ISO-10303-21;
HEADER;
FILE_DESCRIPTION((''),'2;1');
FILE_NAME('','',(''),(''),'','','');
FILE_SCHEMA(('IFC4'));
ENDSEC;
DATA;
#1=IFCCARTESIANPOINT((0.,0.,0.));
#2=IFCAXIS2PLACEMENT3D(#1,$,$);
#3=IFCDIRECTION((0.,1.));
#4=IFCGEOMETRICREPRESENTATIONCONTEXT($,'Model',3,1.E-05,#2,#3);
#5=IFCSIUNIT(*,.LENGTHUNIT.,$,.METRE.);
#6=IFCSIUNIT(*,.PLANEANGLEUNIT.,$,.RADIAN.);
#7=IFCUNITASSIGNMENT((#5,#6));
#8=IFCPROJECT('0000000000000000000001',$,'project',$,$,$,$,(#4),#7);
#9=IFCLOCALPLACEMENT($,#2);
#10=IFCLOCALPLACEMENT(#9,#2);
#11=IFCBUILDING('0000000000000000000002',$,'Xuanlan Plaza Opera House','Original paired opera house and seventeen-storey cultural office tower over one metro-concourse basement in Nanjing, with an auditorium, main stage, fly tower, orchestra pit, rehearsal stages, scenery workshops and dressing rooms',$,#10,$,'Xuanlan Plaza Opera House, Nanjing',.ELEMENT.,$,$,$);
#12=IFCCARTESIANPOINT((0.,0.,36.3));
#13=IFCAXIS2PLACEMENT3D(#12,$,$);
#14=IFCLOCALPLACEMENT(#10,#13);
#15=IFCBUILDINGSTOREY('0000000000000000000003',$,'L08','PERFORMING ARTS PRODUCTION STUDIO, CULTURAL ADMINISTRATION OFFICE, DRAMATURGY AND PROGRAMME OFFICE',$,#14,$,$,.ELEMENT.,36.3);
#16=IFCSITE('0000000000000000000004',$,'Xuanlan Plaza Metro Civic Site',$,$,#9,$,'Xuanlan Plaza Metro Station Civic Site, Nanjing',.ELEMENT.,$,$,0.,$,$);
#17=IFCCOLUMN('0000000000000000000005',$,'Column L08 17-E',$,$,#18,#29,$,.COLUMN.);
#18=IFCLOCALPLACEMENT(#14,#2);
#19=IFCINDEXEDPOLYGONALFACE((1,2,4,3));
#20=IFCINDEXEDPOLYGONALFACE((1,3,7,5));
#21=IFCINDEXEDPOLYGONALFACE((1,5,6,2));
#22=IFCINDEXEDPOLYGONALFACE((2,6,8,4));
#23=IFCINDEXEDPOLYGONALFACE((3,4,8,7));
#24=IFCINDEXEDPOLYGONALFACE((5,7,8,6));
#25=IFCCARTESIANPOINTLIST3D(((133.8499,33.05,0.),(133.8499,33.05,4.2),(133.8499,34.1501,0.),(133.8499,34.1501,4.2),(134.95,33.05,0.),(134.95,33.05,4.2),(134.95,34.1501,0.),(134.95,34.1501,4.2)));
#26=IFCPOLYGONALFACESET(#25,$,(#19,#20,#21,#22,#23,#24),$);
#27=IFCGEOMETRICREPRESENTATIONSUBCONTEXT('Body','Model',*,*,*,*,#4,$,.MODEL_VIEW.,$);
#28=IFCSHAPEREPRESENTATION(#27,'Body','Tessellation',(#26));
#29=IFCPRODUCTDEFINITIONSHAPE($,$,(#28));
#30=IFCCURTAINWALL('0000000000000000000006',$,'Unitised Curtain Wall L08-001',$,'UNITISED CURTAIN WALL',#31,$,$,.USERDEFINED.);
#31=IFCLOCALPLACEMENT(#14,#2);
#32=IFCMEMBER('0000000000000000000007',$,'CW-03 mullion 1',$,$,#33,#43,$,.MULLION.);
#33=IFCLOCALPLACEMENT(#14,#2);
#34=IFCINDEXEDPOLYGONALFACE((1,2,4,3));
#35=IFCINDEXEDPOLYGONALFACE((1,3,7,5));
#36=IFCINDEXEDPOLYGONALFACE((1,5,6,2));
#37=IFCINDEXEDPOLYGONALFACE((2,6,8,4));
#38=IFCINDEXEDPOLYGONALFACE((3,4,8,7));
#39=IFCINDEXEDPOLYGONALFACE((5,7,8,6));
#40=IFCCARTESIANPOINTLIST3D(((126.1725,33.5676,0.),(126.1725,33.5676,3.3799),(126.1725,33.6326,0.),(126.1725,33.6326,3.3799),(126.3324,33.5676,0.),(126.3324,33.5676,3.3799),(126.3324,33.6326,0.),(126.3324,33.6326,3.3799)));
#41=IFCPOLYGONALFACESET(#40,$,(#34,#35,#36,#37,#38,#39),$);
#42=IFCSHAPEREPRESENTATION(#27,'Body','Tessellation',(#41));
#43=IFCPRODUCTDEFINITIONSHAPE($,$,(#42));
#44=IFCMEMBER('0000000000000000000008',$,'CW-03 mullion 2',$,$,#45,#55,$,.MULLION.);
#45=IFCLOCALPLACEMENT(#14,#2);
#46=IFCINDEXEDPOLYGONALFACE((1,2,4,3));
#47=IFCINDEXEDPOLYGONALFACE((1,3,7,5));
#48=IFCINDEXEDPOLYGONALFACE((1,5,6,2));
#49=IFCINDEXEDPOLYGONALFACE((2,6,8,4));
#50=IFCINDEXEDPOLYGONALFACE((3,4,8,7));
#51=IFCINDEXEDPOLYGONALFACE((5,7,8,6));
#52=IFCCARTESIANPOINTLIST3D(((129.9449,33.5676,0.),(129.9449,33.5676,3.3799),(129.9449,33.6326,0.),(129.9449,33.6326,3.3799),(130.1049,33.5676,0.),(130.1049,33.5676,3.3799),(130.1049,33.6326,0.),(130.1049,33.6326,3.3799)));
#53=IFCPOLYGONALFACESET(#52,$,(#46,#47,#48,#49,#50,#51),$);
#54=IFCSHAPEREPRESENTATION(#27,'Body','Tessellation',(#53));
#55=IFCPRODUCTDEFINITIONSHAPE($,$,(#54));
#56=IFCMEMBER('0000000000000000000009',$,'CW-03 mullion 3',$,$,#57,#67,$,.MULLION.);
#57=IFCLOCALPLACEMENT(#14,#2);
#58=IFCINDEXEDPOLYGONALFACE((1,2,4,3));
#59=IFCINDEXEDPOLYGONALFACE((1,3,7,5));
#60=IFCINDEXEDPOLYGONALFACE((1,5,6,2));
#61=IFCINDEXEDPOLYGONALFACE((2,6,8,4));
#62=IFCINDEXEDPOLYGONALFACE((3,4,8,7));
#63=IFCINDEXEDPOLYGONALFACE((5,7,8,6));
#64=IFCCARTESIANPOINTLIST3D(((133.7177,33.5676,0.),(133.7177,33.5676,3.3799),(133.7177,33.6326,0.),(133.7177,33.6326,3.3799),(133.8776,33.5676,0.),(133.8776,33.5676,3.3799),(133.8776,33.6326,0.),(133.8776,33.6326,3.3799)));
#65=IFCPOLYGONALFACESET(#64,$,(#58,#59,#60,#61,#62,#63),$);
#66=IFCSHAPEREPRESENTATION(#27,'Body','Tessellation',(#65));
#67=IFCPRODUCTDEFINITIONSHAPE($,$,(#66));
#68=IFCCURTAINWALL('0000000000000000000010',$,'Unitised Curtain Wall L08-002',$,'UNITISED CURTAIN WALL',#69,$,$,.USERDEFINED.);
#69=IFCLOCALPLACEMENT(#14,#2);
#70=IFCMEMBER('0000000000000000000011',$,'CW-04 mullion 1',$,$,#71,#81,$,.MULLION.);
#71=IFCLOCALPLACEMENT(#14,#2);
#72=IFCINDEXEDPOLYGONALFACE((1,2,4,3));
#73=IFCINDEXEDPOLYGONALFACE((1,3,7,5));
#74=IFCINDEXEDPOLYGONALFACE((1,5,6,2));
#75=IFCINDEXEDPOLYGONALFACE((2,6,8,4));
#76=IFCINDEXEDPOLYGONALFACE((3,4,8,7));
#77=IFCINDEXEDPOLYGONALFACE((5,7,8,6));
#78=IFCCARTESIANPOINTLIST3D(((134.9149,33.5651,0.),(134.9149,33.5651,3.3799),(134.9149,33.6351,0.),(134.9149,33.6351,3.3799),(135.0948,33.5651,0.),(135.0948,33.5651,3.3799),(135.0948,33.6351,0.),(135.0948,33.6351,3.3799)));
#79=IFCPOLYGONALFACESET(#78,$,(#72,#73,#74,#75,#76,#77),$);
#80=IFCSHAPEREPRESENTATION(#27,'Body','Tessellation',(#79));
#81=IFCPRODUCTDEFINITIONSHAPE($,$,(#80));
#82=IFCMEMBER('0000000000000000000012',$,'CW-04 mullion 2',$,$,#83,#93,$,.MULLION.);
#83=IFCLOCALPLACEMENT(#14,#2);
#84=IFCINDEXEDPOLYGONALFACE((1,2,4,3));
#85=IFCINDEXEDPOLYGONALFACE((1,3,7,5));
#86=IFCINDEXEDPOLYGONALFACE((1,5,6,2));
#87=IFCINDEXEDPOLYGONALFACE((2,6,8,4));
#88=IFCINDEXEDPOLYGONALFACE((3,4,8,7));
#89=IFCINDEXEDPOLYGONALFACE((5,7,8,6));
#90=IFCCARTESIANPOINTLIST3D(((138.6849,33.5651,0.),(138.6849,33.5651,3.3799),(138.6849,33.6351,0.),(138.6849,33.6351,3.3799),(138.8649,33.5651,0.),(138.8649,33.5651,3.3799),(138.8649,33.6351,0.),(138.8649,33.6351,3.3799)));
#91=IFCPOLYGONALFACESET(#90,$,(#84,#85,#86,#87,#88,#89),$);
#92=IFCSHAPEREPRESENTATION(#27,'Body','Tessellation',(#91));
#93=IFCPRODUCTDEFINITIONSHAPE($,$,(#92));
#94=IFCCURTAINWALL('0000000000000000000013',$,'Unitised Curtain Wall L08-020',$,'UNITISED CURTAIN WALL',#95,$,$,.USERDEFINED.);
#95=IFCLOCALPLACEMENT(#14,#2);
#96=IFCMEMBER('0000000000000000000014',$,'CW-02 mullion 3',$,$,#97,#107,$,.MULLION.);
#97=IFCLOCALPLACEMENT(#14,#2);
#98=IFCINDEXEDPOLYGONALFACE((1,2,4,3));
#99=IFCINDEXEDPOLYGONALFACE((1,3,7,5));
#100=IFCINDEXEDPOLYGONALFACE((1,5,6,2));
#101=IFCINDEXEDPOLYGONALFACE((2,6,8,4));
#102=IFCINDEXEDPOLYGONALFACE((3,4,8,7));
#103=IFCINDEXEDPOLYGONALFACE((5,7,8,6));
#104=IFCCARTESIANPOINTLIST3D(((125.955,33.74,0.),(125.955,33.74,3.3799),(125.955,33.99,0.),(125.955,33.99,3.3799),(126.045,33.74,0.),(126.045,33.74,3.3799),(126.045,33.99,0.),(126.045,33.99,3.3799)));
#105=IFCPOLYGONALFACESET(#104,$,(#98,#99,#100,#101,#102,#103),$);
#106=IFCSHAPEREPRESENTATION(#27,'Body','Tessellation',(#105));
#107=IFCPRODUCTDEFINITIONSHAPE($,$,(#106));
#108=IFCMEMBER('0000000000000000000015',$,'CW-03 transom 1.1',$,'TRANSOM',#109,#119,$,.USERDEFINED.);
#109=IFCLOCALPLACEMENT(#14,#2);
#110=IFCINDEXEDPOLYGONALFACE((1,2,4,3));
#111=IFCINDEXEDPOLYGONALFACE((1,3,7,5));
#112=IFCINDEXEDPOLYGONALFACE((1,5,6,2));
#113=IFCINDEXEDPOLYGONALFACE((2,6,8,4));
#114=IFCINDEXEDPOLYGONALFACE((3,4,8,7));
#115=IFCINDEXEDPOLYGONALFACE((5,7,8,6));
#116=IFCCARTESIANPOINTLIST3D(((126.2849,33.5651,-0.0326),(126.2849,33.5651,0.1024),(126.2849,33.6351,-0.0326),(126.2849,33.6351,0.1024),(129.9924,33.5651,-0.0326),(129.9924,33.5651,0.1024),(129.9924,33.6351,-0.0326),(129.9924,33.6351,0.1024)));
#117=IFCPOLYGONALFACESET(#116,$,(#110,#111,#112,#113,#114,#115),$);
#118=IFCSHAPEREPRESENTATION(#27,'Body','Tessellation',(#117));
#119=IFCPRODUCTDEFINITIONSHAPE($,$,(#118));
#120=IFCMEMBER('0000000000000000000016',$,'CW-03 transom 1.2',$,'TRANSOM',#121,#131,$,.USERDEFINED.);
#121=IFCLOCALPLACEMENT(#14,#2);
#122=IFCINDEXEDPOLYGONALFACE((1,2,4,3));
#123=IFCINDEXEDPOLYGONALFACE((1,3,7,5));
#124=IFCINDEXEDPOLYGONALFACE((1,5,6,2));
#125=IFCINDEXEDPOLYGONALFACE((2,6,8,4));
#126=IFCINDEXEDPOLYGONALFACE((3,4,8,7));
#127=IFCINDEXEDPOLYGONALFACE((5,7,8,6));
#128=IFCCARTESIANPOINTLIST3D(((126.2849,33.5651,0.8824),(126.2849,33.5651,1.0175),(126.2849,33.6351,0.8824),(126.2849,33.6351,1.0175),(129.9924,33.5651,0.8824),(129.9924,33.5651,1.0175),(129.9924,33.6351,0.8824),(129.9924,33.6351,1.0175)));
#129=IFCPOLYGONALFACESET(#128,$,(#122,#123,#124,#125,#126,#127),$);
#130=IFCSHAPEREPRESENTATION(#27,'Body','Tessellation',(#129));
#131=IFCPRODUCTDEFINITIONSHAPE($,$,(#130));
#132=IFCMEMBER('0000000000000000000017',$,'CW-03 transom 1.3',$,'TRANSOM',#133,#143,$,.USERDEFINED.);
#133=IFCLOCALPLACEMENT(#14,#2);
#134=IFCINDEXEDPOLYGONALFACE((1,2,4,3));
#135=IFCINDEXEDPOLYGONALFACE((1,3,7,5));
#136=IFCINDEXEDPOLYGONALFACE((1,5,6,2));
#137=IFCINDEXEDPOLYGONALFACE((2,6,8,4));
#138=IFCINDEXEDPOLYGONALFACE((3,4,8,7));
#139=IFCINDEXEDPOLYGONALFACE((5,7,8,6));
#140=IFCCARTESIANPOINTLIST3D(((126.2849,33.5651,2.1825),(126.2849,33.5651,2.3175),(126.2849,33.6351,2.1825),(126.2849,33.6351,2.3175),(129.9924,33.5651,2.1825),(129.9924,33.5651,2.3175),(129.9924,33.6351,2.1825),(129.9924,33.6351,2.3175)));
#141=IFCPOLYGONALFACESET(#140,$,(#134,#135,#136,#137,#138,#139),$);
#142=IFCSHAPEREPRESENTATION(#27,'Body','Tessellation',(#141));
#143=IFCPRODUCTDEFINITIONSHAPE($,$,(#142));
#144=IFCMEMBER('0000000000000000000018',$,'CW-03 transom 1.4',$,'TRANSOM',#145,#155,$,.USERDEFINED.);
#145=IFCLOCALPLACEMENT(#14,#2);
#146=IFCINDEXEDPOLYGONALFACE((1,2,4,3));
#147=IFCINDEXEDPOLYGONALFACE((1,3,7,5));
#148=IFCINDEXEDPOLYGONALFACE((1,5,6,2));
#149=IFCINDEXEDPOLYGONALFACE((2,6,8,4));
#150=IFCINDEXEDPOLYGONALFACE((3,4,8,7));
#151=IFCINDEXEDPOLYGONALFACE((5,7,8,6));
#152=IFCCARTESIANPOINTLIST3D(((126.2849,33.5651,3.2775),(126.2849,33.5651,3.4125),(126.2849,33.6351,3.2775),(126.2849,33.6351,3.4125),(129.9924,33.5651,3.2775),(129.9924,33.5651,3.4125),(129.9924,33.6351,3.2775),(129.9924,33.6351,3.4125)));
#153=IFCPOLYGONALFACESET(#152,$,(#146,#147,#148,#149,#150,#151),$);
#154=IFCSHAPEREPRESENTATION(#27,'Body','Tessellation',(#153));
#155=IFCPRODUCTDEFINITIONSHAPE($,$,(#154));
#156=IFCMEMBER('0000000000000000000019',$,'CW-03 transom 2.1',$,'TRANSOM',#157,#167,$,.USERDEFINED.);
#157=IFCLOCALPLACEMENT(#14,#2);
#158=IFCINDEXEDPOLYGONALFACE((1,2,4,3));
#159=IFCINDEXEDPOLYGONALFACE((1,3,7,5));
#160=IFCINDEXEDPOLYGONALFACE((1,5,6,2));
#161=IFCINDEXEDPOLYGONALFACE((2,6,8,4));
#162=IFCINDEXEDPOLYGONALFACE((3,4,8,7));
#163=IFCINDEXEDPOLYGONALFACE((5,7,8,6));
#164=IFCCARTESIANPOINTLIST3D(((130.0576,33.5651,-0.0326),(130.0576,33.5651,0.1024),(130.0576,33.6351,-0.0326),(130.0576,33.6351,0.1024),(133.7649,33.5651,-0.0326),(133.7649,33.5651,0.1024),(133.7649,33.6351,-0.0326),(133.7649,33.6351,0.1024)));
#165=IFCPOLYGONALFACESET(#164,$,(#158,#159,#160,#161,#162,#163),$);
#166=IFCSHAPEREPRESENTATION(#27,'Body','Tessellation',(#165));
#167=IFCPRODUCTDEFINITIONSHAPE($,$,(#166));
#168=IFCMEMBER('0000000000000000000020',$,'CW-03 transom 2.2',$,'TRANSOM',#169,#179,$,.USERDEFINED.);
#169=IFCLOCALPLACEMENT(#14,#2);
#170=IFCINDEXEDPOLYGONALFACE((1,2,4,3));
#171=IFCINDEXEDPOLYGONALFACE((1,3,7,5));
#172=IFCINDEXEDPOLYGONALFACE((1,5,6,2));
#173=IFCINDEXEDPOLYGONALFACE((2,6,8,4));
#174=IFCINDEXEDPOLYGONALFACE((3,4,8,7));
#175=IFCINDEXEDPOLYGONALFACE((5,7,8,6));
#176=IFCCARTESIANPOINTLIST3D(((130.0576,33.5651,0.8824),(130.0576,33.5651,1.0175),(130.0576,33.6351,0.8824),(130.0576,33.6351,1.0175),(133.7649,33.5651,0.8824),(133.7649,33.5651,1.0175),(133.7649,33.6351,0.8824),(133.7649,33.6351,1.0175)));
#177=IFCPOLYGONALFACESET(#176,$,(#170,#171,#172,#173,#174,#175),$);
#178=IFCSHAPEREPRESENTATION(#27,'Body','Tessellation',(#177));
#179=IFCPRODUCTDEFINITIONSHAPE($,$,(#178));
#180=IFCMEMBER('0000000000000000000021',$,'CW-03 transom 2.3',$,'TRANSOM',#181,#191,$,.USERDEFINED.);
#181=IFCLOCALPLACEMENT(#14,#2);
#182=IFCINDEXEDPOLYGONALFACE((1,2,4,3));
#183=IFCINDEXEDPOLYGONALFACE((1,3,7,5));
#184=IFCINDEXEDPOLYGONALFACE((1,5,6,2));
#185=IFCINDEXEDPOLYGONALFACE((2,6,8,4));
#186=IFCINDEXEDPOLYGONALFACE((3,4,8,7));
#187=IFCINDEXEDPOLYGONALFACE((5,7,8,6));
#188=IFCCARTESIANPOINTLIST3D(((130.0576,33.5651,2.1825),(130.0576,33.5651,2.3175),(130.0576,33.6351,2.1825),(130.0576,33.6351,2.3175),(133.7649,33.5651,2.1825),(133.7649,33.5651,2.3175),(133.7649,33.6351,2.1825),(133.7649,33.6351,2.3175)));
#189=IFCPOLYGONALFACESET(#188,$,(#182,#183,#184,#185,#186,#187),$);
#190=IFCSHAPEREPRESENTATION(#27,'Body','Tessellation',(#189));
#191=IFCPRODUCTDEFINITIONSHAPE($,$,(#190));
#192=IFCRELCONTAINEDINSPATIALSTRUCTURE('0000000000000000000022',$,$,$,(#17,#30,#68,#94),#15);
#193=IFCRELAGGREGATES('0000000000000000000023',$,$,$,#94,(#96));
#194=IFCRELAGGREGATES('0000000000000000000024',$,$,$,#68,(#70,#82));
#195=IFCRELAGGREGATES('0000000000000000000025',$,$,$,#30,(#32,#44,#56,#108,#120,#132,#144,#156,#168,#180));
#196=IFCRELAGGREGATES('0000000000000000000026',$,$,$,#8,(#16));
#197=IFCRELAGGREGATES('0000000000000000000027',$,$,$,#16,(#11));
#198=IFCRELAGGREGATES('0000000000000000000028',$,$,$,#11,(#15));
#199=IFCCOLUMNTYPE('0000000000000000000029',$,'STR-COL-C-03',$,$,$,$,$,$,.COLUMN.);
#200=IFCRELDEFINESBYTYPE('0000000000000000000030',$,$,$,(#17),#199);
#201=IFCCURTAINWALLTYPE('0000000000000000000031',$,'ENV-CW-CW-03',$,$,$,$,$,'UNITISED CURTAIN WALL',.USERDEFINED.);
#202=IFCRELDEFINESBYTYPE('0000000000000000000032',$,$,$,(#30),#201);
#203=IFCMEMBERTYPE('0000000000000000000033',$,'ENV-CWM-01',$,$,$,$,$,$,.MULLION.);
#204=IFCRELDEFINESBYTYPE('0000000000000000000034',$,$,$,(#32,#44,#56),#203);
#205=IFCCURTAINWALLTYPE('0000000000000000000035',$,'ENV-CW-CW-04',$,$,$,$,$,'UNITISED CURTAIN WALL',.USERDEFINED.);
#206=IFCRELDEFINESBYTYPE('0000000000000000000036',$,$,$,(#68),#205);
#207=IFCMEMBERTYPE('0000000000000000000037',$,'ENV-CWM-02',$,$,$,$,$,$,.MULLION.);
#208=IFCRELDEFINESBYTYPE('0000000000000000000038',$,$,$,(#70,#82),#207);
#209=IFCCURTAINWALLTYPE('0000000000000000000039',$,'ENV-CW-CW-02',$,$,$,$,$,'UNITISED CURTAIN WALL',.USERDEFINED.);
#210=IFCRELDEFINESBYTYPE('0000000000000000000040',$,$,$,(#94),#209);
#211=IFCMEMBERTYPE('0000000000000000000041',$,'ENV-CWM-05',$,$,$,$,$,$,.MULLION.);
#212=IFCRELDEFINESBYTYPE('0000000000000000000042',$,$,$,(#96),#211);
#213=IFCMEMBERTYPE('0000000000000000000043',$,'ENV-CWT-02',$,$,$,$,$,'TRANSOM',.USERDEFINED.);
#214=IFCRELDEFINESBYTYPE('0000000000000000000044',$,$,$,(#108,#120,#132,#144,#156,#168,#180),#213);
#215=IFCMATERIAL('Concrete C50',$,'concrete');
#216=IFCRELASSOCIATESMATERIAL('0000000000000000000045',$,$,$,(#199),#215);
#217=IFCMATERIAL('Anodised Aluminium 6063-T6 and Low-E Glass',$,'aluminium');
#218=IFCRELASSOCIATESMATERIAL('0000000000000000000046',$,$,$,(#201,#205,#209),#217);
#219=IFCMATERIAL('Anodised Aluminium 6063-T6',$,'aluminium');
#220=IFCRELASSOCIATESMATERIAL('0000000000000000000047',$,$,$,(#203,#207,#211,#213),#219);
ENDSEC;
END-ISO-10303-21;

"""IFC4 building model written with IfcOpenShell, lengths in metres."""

from ifc_helpers import new_model, si_unit, direction, frame, origin, origin_2d, place, context, subcontext, project, spatial, rectangle, extrude, material, material_profile, profile_set, type_object, element, aggregate, save


model = new_model("IFC4")

# Units and contexts
model_context = context("Model", 3, precision=1e-05, world=origin(), true_north=direction((0.0, 1.0)))
body_context = subcontext(model_context, "Body", "Model", "MODEL_VIEW")
ifc_project = project(units=[si_unit("LENGTHUNIT", "METRE"), si_unit("PLANEANGLEUNIT", "RADIAN")], contexts=[model_context])

# Site, building, storey
site_placement = place(None, origin())
site = spatial("IfcSite", under=ifc_project, at=site_placement, Name="Xuanlan Plaza Metro Civic Site", LongName="Xuanlan Plaza Metro Station Civic Site, Nanjing", CompositionType="ELEMENT", RefElevation=0.0)
building_placement = place(site_placement, origin())
building = spatial("IfcBuilding", under=site, at=building_placement, Name="Xuanlan Plaza Opera House", Description="Original paired opera house and seventeen-storey cultural office tower over one metro-concourse basement in Nanjing, with an auditorium, main stage, fly tower, orchestra pit, rehearsal stages, scenery workshops and dressing rooms", LongName="Xuanlan Plaza Opera House, Nanjing", CompositionType="ELEMENT")
storey_placement = place(building_placement, frame((0.0, 0.0, 36.3)))
storey = spatial("IfcBuildingStorey", under=building, at=storey_placement, Name="L08", Description="PERFORMING ARTS PRODUCTION STUDIO, CULTURAL ADMINISTRATION OFFICE, DRAMATURGY AND PROGRAMME OFFICE", CompositionType="ELEMENT", Elevation=36.3)

# Column
ifc_material_1 = material(Name="Concrete C50", Category="concrete")
ifc_material_profile_1 = material_profile(ifc_material_1, rectangle(XDim=1.1001, YDim=1.1001, at=origin_2d()), Name="RC-COL 1100x1100")
ifc_profile_set_1 = profile_set([ifc_material_profile_1], Name="Concrete C50")
column_type = type_object("IfcColumnType", Name="STR-COL-C-03", PredefinedType="COLUMN", material=ifc_profile_set_1)
column_placement = place(storey_placement, frame((134.3999, 33.6001, 0.0), z_axis=(0.0, 0.0, 1.0), x_axis=(1.0, 0.0, 0.0)))
element("IfcColumn", 1, at=column_placement, inside=storey, type_object=column_type, Name="Column L08 17-E", PredefinedType="COLUMN", context=body_context, shape_type="SweptSolid", body=[
    extrude(rectangle(XDim=1.1001, YDim=1.1001, at=origin_2d()), origin(), (0.0, 0.0, 1.0), 4.2),
])

# Curtain walls, members
ifc_material_2 = material(Name="Anodised Aluminium 6063-T6 and Low-E Glass", Category="aluminium")
curtain_wall_type_1 = type_object("IfcCurtainWallType", Name="ENV-CW-CW-03", ElementType="UNITISED CURTAIN WALL", PredefinedType="USERDEFINED", material=ifc_material_2)
curtain_wall_1_placement = place(storey_placement, origin())
curtain_wall_1 = element("IfcCurtainWall", 2, at=curtain_wall_1_placement, inside=storey, type_object=curtain_wall_type_1, Name="Unitised Curtain Wall L08-001", ObjectType="UNITISED CURTAIN WALL", PredefinedType="USERDEFINED")
ifc_material_3 = material(Name="Anodised Aluminium 6063-T6", Category="aluminium")
ifc_material_profile_2 = material_profile(ifc_material_3, rectangle(XDim=0.0649, YDim=0.1599, at=origin_2d()), Name="ALU-M 65x160")
ifc_profile_set_2 = profile_set([ifc_material_profile_2], Name="Anodised Aluminium 6063-T6")
member_type_1 = type_object("IfcMemberType", Name="ENV-CWM-01", PredefinedType="MULLION", material=ifc_profile_set_2)
member_1_placement = place(storey_placement, frame((126.2524, 33.6001, 0.0), z_axis=(0.0, 0.0, 1.0), x_axis=(0.0, 1.0, 0.0)))
member_1 = element("IfcMember", 3, at=member_1_placement, type_object=member_type_1, Name="CW-03 mullion 1", PredefinedType="MULLION", context=body_context, shape_type="SweptSolid", body=[
    extrude(rectangle(XDim=0.0649, YDim=0.1599, at=origin_2d()), origin(), (0.0, 0.0, 1.0), 3.3799),
])
member_2_placement = place(storey_placement, frame((130.0249, 33.6001, 0.0), z_axis=(0.0, 0.0, 1.0), x_axis=(0.0, 1.0, 0.0)))
member_2 = element("IfcMember", 4, at=member_2_placement, type_object=member_type_1, Name="CW-03 mullion 2", PredefinedType="MULLION", context=body_context, shape_type="SweptSolid", body=[
    extrude(rectangle(XDim=0.0649, YDim=0.1599, at=origin_2d()), origin(), (0.0, 0.0, 1.0), 3.3799),
])
member_3_placement = place(storey_placement, frame((133.7976, 33.6001, 0.0), z_axis=(0.0, 0.0, 1.0), x_axis=(0.0, 1.0, 0.0)))
member_3 = element("IfcMember", 5, at=member_3_placement, type_object=member_type_1, Name="CW-03 mullion 3", PredefinedType="MULLION", context=body_context, shape_type="SweptSolid", body=[
    extrude(rectangle(XDim=0.0649, YDim=0.1599, at=origin_2d()), origin(), (0.0, 0.0, 1.0), 3.3799),
])
curtain_wall_type_2 = type_object("IfcCurtainWallType", Name="ENV-CW-CW-04", ElementType="UNITISED CURTAIN WALL", PredefinedType="USERDEFINED", material=ifc_material_2)
curtain_wall_2_placement = place(storey_placement, origin())
curtain_wall_2 = element("IfcCurtainWall", 6, at=curtain_wall_2_placement, inside=storey, type_object=curtain_wall_type_2, Name="Unitised Curtain Wall L08-002", ObjectType="UNITISED CURTAIN WALL", PredefinedType="USERDEFINED")
ifc_material_profile_3 = material_profile(ifc_material_3, rectangle(XDim=0.0701, YDim=0.1799, at=origin_2d()), Name="ALU-M 70x180")
ifc_profile_set_3 = profile_set([ifc_material_profile_3], Name="Anodised Aluminium 6063-T6")
member_type_2 = type_object("IfcMemberType", Name="ENV-CWM-02", PredefinedType="MULLION", material=ifc_profile_set_3)
member_4_placement = place(storey_placement, frame((135.0049, 33.6001, 0.0), z_axis=(0.0, 0.0, 1.0), x_axis=(0.0, 1.0, 0.0)))
member_4 = element("IfcMember", 7, at=member_4_placement, type_object=member_type_2, Name="CW-04 mullion 1", PredefinedType="MULLION", context=body_context, shape_type="SweptSolid", body=[
    extrude(rectangle(XDim=0.0701, YDim=0.1799, at=origin_2d()), origin(), (0.0, 0.0, 1.0), 3.3799),
])
member_5_placement = place(storey_placement, frame((138.7749, 33.6001, 0.0), z_axis=(0.0, 0.0, 1.0), x_axis=(0.0, 1.0, 0.0)))
member_5 = element("IfcMember", 8, at=member_5_placement, type_object=member_type_2, Name="CW-04 mullion 2", PredefinedType="MULLION", context=body_context, shape_type="SweptSolid", body=[
    extrude(rectangle(XDim=0.0701, YDim=0.1799, at=origin_2d()), origin(), (0.0, 0.0, 1.0), 3.3799),
])

# Curtain wall, member
curtain_wall_type_3 = type_object("IfcCurtainWallType", Name="ENV-CW-CW-02", ElementType="UNITISED CURTAIN WALL", PredefinedType="USERDEFINED", material=ifc_material_2)
curtain_wall_3_placement = place(storey_placement, origin())
curtain_wall_3 = element("IfcCurtainWall", 9, at=curtain_wall_3_placement, inside=storey, type_object=curtain_wall_type_3, Name="Unitised Curtain Wall L08-020", ObjectType="UNITISED CURTAIN WALL", PredefinedType="USERDEFINED")
ifc_material_profile_4 = material_profile(ifc_material_3, rectangle(XDim=0.0901, YDim=0.25, at=origin_2d()), Name="ALU-M 90x250")
ifc_profile_set_4 = profile_set([ifc_material_profile_4], Name="Anodised Aluminium 6063-T6")
member_type_3 = type_object("IfcMemberType", Name="ENV-CWM-05", PredefinedType="MULLION", material=ifc_profile_set_4)
member_6_placement = place(storey_placement, frame((126.0, 33.865, 0.0), z_axis=(0.0, 0.0, 1.0), x_axis=(1.0, 0.0, 0.0)))
member_6 = element("IfcMember", 10, at=member_6_placement, type_object=member_type_3, Name="CW-02 mullion 3", PredefinedType="MULLION", context=body_context, shape_type="SweptSolid", body=[
    extrude(rectangle(XDim=0.0901, YDim=0.25, at=origin_2d()), origin(), (0.0, 0.0, 1.0), 3.3799),
])
aggregate(curtain_wall_3, [member_6])

# Members
ifc_material_profile_5 = material_profile(ifc_material_3, rectangle(XDim=0.0701, YDim=0.135, at=origin_2d()), Name="ALU-T 70x135")
ifc_profile_set_5 = profile_set([ifc_material_profile_5], Name="Anodised Aluminium 6063-T6")
member_type_4 = type_object("IfcMemberType", Name="ENV-CWT-02", ElementType="TRANSOM", PredefinedType="USERDEFINED", material=ifc_profile_set_5)
member_7_placement = place(storey_placement, frame((126.2849, 33.6001, 0.0349), z_axis=(1.0, 0.0, 0.0), x_axis=(0.0, 1.0, 0.0)))
member_7 = element("IfcMember", 11, at=member_7_placement, type_object=member_type_4, Name="CW-03 transom 1.1", ObjectType="TRANSOM", PredefinedType="USERDEFINED", context=body_context, shape_type="SweptSolid", body=[
    extrude(rectangle(XDim=0.0701, YDim=0.135, at=origin_2d()), origin(), (0.0, 0.0, 1.0), 3.7075),
])
member_8_placement = place(storey_placement, frame((126.2849, 33.6001, 0.95), z_axis=(1.0, 0.0, 0.0), x_axis=(0.0, 1.0, 0.0)))
member_8 = element("IfcMember", 12, at=member_8_placement, type_object=member_type_4, Name="CW-03 transom 1.2", ObjectType="TRANSOM", PredefinedType="USERDEFINED", context=body_context, shape_type="SweptSolid", body=[
    extrude(rectangle(XDim=0.0701, YDim=0.135, at=origin_2d()), origin(), (0.0, 0.0, 1.0), 3.7075),
])
member_9_placement = place(storey_placement, frame((126.2849, 33.6001, 2.25), z_axis=(1.0, 0.0, 0.0), x_axis=(0.0, 1.0, 0.0)))
member_9 = element("IfcMember", 13, at=member_9_placement, type_object=member_type_4, Name="CW-03 transom 1.3", ObjectType="TRANSOM", PredefinedType="USERDEFINED", context=body_context, shape_type="SweptSolid", body=[
    extrude(rectangle(XDim=0.0701, YDim=0.135, at=origin_2d()), origin(), (0.0, 0.0, 1.0), 3.7075),
])
member_10_placement = place(storey_placement, frame((126.2849, 33.6001, 3.345), z_axis=(1.0, 0.0, 0.0), x_axis=(0.0, 1.0, 0.0)))
member_10 = element("IfcMember", 14, at=member_10_placement, type_object=member_type_4, Name="CW-03 transom 1.4", ObjectType="TRANSOM", PredefinedType="USERDEFINED", context=body_context, shape_type="SweptSolid", body=[
    extrude(rectangle(XDim=0.0701, YDim=0.135, at=origin_2d()), origin(), (0.0, 0.0, 1.0), 3.7075),
])
member_11_placement = place(storey_placement, frame((130.0576, 33.6001, 0.0349), z_axis=(1.0, 0.0, 0.0), x_axis=(0.0, 1.0, 0.0)))
member_11 = element("IfcMember", 15, at=member_11_placement, type_object=member_type_4, Name="CW-03 transom 2.1", ObjectType="TRANSOM", PredefinedType="USERDEFINED", context=body_context, shape_type="SweptSolid", body=[
    extrude(rectangle(XDim=0.0701, YDim=0.135, at=origin_2d()), origin(), (0.0, 0.0, 1.0), 3.7073),
])
member_12_placement = place(storey_placement, frame((130.0576, 33.6001, 0.95), z_axis=(1.0, 0.0, 0.0), x_axis=(0.0, 1.0, 0.0)))
member_12 = element("IfcMember", 16, at=member_12_placement, type_object=member_type_4, Name="CW-03 transom 2.2", ObjectType="TRANSOM", PredefinedType="USERDEFINED", context=body_context, shape_type="SweptSolid", body=[
    extrude(rectangle(XDim=0.0701, YDim=0.135, at=origin_2d()), origin(), (0.0, 0.0, 1.0), 3.7073),
])
member_13_placement = place(storey_placement, frame((130.0576, 33.6001, 2.25), z_axis=(1.0, 0.0, 0.0), x_axis=(0.0, 1.0, 0.0)))
member_13 = element("IfcMember", 17, at=member_13_placement, type_object=member_type_4, Name="CW-03 transom 2.3", ObjectType="TRANSOM", PredefinedType="USERDEFINED", context=body_context, shape_type="SweptSolid", body=[
    extrude(rectangle(XDim=0.0701, YDim=0.135, at=origin_2d()), origin(), (0.0, 0.0, 1.0), 3.7073),
])

aggregate(curtain_wall_2, [member_4, member_5])
aggregate(curtain_wall_1, [member_1, member_2, member_3, member_7, member_8, member_9, member_10, member_11, member_12, member_13])

save(model, "model.ifc")
